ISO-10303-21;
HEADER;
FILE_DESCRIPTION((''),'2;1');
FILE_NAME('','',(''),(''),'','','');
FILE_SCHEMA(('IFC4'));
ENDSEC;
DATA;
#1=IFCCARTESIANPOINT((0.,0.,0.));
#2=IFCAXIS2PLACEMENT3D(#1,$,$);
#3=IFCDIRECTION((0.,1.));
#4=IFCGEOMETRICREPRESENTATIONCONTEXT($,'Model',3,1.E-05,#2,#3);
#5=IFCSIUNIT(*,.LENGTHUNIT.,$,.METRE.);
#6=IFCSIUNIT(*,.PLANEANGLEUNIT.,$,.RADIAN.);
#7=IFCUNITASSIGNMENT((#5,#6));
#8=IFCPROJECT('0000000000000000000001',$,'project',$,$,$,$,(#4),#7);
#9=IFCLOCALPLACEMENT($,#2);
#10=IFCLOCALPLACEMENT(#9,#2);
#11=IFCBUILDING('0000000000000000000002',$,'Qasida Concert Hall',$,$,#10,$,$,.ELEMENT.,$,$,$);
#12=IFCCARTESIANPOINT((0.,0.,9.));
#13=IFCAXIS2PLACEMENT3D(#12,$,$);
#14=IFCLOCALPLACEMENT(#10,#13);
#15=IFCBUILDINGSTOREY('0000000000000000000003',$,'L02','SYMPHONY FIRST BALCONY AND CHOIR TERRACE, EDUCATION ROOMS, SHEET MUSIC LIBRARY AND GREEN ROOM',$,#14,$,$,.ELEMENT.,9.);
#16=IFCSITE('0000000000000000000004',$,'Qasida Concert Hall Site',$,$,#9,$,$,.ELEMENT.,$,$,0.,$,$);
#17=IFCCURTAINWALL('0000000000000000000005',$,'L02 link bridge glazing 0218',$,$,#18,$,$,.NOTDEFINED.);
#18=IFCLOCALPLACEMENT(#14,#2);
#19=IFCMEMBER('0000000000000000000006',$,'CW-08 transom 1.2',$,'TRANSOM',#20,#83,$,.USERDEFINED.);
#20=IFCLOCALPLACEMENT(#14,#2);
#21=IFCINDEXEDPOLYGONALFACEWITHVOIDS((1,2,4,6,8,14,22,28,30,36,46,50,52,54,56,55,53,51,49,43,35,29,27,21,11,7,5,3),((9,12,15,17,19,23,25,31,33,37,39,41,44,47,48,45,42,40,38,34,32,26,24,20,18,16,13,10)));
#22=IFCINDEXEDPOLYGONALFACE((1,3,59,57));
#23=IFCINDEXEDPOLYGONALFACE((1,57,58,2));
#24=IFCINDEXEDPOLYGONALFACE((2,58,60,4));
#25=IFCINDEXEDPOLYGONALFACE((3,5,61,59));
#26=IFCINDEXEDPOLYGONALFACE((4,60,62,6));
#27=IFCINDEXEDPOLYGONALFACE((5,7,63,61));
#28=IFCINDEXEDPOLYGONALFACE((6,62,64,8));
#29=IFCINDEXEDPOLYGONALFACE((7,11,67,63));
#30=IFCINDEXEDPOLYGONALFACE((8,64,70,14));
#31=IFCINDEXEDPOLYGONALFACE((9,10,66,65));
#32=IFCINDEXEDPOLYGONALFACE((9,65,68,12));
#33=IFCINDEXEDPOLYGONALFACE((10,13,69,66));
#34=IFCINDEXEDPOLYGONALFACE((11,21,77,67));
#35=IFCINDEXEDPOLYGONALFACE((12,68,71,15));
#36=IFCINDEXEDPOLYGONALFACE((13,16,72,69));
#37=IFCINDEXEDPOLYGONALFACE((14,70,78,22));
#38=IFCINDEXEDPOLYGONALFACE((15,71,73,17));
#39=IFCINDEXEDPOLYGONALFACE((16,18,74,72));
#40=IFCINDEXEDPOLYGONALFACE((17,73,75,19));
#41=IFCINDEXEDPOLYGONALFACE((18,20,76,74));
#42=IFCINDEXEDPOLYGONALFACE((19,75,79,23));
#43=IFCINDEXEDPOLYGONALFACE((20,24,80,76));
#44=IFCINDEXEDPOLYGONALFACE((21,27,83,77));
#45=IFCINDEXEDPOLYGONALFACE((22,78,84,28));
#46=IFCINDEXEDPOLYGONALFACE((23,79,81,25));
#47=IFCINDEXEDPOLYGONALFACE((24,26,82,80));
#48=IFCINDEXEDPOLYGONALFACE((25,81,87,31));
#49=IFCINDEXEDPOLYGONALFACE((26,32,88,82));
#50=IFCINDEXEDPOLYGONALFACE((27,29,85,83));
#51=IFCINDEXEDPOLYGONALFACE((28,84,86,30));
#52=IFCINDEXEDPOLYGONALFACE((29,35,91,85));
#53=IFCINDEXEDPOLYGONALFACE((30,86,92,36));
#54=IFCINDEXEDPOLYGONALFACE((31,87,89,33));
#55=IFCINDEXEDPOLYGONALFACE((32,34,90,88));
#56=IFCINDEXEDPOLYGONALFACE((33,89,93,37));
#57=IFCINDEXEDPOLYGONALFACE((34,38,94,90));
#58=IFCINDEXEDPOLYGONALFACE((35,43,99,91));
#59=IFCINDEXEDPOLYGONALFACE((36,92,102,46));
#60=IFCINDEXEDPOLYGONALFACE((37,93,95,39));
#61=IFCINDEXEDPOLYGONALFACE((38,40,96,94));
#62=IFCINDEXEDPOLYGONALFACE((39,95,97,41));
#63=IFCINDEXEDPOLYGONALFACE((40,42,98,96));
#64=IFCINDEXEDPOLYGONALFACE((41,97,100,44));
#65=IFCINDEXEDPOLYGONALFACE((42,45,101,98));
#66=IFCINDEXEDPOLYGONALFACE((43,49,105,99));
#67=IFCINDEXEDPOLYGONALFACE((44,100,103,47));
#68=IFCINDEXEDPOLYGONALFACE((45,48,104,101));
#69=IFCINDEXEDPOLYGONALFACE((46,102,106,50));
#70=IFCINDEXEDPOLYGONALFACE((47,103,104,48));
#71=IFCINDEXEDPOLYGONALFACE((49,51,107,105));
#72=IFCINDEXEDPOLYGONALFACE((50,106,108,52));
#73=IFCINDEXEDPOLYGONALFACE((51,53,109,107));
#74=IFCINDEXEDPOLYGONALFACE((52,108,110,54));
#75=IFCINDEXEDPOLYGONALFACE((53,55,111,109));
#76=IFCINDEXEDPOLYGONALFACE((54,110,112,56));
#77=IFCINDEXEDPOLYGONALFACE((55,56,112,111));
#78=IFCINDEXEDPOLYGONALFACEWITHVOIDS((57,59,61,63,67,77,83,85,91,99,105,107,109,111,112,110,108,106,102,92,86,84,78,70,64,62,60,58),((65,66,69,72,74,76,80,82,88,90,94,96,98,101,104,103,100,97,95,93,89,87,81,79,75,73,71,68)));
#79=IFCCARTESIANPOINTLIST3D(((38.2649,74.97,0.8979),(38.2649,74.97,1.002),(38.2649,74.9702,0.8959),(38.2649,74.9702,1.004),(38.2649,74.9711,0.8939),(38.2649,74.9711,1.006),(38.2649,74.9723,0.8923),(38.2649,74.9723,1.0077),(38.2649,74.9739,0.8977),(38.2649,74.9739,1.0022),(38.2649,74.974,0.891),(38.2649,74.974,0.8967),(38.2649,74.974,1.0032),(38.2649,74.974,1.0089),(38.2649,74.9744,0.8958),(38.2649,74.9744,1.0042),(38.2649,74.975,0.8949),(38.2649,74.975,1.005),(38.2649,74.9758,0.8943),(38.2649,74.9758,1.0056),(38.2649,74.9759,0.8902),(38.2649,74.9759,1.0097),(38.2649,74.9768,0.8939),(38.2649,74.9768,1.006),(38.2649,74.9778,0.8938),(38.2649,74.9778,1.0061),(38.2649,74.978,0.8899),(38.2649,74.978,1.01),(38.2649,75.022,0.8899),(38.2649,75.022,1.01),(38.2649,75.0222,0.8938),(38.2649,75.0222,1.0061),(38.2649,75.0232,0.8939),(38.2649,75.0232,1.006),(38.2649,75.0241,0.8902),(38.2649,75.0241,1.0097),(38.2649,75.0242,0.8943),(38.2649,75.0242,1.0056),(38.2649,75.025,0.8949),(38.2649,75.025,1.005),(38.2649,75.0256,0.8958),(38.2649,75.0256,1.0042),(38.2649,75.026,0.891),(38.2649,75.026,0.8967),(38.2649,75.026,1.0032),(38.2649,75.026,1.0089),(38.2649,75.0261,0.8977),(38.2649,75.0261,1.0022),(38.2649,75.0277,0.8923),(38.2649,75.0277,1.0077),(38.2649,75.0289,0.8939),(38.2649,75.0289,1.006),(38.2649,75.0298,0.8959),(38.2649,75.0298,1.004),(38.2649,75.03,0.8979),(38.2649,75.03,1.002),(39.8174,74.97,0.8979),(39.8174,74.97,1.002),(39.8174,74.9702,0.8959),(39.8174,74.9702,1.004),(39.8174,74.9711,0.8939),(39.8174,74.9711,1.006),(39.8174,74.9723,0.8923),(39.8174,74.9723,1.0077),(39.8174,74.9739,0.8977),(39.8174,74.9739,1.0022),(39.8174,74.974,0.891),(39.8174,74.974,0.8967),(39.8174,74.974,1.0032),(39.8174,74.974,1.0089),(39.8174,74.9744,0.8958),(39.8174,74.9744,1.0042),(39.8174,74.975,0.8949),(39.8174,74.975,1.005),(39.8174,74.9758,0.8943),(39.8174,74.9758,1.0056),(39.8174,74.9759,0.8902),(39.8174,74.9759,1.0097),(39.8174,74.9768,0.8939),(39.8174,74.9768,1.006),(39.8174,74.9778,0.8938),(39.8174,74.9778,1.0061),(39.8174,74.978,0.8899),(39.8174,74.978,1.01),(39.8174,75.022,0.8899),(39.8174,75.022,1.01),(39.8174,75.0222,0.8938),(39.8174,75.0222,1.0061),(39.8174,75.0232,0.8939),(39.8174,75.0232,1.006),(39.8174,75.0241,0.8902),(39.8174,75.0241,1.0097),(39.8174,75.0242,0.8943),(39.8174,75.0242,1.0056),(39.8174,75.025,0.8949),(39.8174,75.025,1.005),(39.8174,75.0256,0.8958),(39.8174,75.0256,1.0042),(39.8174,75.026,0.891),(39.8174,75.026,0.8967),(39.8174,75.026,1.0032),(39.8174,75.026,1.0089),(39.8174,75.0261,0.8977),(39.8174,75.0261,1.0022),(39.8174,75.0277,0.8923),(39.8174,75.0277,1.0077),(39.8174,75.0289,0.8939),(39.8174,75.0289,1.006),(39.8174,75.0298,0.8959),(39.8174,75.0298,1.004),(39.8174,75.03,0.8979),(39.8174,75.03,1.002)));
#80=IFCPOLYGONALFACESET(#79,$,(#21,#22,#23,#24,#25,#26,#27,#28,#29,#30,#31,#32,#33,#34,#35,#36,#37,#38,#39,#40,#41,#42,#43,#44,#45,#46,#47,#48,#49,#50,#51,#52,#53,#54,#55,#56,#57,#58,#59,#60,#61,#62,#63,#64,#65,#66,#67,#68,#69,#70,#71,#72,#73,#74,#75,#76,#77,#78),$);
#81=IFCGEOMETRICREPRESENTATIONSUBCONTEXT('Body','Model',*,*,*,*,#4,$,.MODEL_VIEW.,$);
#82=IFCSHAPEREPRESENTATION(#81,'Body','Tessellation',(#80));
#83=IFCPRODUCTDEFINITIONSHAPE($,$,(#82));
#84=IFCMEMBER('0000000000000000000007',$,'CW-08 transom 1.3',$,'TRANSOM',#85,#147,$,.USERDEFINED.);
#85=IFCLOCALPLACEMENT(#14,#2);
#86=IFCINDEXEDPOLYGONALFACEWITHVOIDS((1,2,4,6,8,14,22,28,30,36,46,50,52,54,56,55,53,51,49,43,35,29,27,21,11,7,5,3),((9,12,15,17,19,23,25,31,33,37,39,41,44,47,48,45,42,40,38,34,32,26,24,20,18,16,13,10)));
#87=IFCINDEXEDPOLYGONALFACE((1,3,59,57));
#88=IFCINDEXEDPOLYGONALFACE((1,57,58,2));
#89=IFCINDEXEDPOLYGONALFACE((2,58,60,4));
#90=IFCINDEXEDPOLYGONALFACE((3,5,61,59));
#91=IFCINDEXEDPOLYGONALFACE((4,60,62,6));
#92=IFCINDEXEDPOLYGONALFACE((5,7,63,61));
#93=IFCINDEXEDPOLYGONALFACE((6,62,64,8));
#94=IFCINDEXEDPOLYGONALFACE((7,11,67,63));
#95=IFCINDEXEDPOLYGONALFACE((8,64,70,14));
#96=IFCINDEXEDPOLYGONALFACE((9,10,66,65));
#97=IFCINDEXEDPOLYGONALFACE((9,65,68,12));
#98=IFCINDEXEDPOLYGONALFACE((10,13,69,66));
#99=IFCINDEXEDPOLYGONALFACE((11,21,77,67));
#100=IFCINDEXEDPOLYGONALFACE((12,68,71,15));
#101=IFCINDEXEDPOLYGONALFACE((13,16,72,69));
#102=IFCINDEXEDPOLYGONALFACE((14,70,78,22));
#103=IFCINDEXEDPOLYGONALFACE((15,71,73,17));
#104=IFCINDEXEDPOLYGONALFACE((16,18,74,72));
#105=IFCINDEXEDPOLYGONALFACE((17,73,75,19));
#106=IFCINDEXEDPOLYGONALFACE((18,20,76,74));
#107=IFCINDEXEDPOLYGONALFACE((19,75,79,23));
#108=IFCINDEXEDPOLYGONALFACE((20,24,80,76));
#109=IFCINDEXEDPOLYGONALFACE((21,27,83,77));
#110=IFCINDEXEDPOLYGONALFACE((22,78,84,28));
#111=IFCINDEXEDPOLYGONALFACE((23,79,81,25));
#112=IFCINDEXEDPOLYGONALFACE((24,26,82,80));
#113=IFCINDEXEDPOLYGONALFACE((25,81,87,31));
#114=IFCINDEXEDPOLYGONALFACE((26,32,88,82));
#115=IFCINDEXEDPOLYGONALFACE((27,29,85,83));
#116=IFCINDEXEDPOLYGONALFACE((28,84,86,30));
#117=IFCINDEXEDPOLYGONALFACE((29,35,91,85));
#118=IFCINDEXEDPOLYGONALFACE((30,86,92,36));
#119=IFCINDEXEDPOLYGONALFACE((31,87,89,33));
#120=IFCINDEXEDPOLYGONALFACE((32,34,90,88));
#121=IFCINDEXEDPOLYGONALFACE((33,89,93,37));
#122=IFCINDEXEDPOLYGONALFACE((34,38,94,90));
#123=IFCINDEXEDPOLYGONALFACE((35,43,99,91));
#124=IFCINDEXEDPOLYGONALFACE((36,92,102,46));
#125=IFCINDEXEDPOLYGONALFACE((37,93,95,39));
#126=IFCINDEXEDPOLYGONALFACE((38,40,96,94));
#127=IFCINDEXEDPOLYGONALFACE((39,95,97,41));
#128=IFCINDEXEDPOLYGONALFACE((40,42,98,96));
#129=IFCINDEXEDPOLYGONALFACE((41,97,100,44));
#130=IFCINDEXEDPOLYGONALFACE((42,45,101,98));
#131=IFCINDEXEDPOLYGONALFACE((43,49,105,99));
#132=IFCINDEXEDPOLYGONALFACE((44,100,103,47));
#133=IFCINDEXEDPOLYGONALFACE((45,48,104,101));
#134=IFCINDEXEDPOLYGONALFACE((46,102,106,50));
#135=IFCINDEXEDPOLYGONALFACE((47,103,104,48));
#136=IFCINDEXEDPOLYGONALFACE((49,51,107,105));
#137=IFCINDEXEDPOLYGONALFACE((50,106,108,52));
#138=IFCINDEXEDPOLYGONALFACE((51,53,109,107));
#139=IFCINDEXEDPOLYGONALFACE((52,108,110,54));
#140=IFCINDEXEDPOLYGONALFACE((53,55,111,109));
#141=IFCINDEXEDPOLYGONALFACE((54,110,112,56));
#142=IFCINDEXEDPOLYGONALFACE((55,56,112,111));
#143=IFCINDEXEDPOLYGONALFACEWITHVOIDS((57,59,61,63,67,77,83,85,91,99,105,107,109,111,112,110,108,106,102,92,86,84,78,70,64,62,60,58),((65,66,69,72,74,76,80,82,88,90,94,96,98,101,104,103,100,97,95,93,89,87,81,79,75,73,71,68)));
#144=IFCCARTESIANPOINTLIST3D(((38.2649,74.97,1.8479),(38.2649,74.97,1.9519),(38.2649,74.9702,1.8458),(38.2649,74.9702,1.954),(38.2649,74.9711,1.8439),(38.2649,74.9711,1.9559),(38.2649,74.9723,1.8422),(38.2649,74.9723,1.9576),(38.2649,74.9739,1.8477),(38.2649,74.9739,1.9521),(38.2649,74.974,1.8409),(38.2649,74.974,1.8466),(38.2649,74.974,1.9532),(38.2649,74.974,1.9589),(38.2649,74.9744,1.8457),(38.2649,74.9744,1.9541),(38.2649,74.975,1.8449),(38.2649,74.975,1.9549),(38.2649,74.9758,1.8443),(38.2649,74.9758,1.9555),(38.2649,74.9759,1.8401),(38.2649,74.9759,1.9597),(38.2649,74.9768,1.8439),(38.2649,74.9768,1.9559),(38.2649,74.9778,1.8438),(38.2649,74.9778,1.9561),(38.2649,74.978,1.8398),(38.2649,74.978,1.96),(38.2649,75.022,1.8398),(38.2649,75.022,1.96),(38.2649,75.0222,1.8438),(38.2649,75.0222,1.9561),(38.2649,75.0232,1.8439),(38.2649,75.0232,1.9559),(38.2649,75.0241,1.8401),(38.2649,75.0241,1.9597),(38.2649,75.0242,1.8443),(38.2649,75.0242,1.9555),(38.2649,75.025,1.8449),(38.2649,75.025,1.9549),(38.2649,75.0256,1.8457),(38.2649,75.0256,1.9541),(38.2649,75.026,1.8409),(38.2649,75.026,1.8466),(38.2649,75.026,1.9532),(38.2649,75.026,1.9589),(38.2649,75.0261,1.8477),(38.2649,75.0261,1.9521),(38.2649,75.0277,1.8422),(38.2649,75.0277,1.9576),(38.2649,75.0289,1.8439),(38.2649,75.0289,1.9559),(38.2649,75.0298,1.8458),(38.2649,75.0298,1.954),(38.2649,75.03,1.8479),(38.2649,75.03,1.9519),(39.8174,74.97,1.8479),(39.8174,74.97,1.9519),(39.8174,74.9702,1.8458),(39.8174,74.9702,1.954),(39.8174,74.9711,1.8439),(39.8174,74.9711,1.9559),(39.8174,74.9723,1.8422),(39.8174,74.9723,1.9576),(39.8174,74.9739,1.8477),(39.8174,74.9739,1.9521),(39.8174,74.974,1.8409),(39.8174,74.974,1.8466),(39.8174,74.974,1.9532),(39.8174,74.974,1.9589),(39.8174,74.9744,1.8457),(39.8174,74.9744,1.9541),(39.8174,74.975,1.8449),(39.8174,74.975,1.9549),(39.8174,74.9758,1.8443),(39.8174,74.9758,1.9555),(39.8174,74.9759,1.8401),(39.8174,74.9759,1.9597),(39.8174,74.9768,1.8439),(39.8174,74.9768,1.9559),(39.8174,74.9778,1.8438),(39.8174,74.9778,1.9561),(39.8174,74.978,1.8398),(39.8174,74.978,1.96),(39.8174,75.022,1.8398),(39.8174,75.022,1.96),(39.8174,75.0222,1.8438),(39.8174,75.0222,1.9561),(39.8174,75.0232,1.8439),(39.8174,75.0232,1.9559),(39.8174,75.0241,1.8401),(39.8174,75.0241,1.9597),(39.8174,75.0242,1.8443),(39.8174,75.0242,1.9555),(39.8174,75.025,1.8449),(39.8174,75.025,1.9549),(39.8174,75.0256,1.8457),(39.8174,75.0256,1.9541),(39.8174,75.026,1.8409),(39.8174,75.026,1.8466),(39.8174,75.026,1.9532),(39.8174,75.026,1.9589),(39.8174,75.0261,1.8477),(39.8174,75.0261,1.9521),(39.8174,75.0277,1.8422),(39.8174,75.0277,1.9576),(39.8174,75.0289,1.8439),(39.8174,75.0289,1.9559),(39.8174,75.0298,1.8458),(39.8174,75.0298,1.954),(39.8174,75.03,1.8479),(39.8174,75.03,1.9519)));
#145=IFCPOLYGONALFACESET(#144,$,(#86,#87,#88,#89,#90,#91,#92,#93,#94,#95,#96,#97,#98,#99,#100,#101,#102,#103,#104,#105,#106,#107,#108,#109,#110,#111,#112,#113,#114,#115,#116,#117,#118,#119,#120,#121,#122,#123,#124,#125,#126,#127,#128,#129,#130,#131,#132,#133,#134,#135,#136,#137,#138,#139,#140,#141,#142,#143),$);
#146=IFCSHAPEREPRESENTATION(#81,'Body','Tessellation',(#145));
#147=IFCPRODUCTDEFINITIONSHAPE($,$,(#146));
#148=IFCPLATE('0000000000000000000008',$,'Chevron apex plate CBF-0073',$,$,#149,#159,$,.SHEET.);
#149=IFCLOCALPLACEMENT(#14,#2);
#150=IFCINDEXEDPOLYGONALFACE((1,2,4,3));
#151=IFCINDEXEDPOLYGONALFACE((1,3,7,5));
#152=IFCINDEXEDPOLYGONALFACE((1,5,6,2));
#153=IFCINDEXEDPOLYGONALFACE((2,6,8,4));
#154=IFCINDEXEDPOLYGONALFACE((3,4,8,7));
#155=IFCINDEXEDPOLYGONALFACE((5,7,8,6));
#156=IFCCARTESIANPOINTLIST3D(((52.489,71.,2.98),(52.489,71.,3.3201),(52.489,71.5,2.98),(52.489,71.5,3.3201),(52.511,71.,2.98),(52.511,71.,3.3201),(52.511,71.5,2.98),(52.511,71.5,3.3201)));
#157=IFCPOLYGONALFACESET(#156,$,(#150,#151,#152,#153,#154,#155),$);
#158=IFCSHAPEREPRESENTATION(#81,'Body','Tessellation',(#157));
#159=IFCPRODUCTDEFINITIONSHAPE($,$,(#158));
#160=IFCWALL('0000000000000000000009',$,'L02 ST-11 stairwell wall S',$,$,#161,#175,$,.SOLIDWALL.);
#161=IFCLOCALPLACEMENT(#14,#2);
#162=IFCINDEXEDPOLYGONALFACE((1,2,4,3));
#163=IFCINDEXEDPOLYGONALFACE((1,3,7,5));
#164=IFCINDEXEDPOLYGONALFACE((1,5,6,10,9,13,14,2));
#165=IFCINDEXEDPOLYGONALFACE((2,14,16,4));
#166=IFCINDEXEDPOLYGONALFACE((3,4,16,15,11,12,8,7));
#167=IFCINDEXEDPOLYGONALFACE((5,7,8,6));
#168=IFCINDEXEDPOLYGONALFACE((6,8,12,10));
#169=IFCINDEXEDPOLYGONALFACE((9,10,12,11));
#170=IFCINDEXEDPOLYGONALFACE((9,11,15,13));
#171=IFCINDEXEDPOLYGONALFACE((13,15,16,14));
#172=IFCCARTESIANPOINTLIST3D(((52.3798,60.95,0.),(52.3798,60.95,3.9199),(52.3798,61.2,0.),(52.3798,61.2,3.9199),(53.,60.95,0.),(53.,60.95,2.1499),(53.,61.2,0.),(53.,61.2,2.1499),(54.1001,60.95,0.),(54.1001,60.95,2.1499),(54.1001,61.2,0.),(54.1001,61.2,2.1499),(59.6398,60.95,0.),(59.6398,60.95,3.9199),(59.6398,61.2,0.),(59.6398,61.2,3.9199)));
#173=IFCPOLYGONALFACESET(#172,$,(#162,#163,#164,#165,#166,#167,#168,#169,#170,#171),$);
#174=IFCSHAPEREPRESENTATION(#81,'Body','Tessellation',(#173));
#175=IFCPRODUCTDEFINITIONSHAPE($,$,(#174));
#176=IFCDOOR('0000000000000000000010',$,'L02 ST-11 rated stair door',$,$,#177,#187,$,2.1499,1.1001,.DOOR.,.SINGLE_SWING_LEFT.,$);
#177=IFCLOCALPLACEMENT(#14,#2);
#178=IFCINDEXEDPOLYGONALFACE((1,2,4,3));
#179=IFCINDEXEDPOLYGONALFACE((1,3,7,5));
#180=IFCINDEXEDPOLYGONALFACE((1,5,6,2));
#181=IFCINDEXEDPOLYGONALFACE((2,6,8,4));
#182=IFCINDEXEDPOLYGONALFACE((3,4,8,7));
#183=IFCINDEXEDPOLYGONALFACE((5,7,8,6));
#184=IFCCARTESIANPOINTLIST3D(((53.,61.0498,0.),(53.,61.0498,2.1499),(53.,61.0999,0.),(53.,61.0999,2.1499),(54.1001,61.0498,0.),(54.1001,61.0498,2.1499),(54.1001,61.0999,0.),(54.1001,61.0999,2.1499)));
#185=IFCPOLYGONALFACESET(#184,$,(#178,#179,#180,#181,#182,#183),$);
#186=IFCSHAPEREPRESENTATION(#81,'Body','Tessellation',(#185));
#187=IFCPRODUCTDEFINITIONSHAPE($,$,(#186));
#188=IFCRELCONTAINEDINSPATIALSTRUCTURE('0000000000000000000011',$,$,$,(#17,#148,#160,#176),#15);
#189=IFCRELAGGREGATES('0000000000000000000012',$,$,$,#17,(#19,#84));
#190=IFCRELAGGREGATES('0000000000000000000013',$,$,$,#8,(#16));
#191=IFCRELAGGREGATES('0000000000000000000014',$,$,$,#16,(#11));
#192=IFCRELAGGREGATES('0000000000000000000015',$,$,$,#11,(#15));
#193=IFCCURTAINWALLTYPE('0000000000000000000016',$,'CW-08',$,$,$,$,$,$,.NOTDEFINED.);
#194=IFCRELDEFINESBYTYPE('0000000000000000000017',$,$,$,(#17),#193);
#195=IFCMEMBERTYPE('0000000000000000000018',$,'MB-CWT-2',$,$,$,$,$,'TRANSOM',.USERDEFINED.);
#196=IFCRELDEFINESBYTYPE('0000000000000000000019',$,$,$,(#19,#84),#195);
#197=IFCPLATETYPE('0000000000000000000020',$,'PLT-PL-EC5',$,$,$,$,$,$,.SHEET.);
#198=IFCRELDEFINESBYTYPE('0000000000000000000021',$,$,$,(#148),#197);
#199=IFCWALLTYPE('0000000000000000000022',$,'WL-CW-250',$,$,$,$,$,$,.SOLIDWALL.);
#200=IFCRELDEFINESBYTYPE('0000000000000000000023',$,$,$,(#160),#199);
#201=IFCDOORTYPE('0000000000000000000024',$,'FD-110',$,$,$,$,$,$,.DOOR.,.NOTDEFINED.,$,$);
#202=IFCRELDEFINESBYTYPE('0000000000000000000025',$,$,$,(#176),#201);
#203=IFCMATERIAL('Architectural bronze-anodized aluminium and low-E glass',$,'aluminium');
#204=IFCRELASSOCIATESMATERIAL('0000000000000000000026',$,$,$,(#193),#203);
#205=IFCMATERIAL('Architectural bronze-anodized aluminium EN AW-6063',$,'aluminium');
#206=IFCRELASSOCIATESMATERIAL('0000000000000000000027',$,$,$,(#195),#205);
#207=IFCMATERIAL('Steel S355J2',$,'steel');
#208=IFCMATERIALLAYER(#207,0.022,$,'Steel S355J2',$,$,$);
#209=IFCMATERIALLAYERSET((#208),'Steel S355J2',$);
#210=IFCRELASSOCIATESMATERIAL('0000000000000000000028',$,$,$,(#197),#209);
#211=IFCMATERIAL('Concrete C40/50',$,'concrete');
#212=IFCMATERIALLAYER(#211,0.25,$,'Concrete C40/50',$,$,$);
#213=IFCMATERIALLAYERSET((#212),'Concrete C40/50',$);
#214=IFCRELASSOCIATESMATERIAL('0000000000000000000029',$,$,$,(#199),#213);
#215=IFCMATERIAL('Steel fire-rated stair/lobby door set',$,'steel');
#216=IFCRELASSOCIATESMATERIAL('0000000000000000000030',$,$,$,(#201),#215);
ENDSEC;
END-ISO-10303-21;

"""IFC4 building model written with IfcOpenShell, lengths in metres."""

from ifc_helpers import new_model, si_unit, direction, frame, frame_2d, origin, origin_2d, place, context, subcontext, project, spatial, rectangle, hollow_rectangle, extrude, material, layer, layer_set, material_profile, profile_set, type_object, element, fill, aggregate, save


model = new_model("IFC4")

# Units and contexts
model_context = context("Model", 3, precision=1e-05, world=origin(), true_north=direction((0.0, 1.0)))
body_context = subcontext(model_context, "Body", "Model", "MODEL_VIEW")
ifc_project = project(units=[si_unit("LENGTHUNIT", "METRE"), si_unit("PLANEANGLEUNIT", "RADIAN")], contexts=[model_context])

# Site, building, storey
site_placement = place(None, origin())
site = spatial("IfcSite", under=ifc_project, at=site_placement, Name="Qasida Concert Hall Site", CompositionType="ELEMENT", RefElevation=0.0)
building_placement = place(site_placement, origin())
building = spatial("IfcBuilding", under=site, at=building_placement, Name="Qasida Concert Hall", CompositionType="ELEMENT")
storey_placement = place(building_placement, frame((0.0, 0.0, 9.0)))
storey = spatial("IfcBuildingStorey", under=building, at=storey_placement, Name="L02", Description="SYMPHONY FIRST BALCONY AND CHOIR TERRACE, EDUCATION ROOMS, SHEET MUSIC LIBRARY AND GREEN ROOM", CompositionType="ELEMENT", Elevation=9.0)

# Shared definitions
ifc_material_1 = material(Name="Steel S355J2", Category="steel")
ifc_material_2 = material(Name="Concrete C40/50", Category="concrete")

# Shared definitions
ifc_material_3 = material(Name="Architectural bronze-anodized aluminium and low-E glass", Category="aluminium")
ifc_material_4 = material(Name="Architectural bronze-anodized aluminium EN AW-6063", Category="aluminium")

# Curtain wall
curtain_wall_type_1 = type_object("IfcCurtainWallType", Name="CW-08", PredefinedType="NOTDEFINED", material=ifc_material_3)
curtain_wall_1_placement = place(storey_placement, origin())
curtain_wall_1 = element("IfcCurtainWall", 1, at=curtain_wall_1_placement, inside=storey, type_object=curtain_wall_type_1, Name="L02 link bridge glazing 0218", PredefinedType="NOTDEFINED")

# Members
ifc_material_profile_1 = material_profile(ifc_material_4, hollow_rectangle(XDim=0.0601, YDim=0.1201, WallThickness=0.0039, InnerFilletRadius=0.0039, OuterFilletRadius=0.0081, at=origin_2d()), Name="CWT 120x60x4")
ifc_profile_set_1 = profile_set([ifc_material_profile_1], Name="Architectural bronze-anodized aluminium EN AW-6063")
member_type_1 = type_object("IfcMemberType", Name="MB-CWT-2", ElementType="TRANSOM", PredefinedType="USERDEFINED", material=ifc_profile_set_1)
member_1_placement = place(storey_placement, frame((38.2649, 75.0, 0.95), z_axis=(1.0, 0.0, 0.0), x_axis=(0.0, 1.0, 0.0)))
member_1 = element("IfcMember", 2, at=member_1_placement, type_object=member_type_1, Name="CW-08 transom 1.2", ObjectType="TRANSOM", PredefinedType="USERDEFINED", context=body_context, shape_type="SweptSolid", body=[
    extrude(hollow_rectangle(XDim=0.0601, YDim=0.1201, WallThickness=0.0039, InnerFilletRadius=0.0039, OuterFilletRadius=0.0081, at=origin_2d()), origin(), (0.0, 0.0, 1.0), 1.5525),
])
member_2_placement = place(storey_placement, frame((38.2649, 75.0, 1.8999), z_axis=(1.0, 0.0, 0.0), x_axis=(0.0, 1.0, 0.0)))
member_2 = element("IfcMember", 3, at=member_2_placement, type_object=member_type_1, Name="CW-08 transom 1.3", ObjectType="TRANSOM", PredefinedType="USERDEFINED", context=body_context, shape_type="SweptSolid", body=[
    extrude(hollow_rectangle(XDim=0.0601, YDim=0.1201, WallThickness=0.0039, InnerFilletRadius=0.0039, OuterFilletRadius=0.0081, at=origin_2d()), origin(), (0.0, 0.0, 1.0), 1.5525),
])
aggregate(curtain_wall_1, [member_1, member_2])

# Plate
ifc_layer_1 = layer(ifc_material_1, 0.022, Name="Steel S355J2")
ifc_layer_set_1 = layer_set([ifc_layer_1], Name="Steel S355J2")
plate_type = type_object("IfcPlateType", Name="PLT-PL-EC5", PredefinedType="SHEET", material=ifc_layer_set_1)
plate_placement = place(storey_placement, frame((52.5, 71.25, 2.98), z_axis=(0.0, 0.0, 1.0), x_axis=(0.0, 1.0, 0.0)))
element("IfcPlate", 4, at=plate_placement, inside=storey, type_object=plate_type, Name="Chevron apex plate CBF-0073", PredefinedType="SHEET", context=body_context, shape_type="SweptSolid", body=[
    extrude(rectangle(XDim=0.5, YDim=0.022, at=origin_2d()), origin(), (0.0, 0.0, 1.0), 0.3401),
])

# Wall, opening, door
ifc_layer_2 = layer(ifc_material_2, 0.25, Name="Concrete C40/50")
ifc_layer_set_2 = layer_set([ifc_layer_2], Name="Concrete C40/50")
wall_type = type_object("IfcWallType", Name="WL-CW-250", PredefinedType="SOLIDWALL", material=ifc_layer_set_2)
wall_1_placement = place(storey_placement, frame((52.3799, 61.075, 0.0), z_axis=(0.0, 0.0, 1.0), x_axis=(1.0, 0.0, 0.0)))
wall_1 = element("IfcWall", 5, at=wall_1_placement, inside=storey, type_object=wall_type, Name="L02 ST-11 stairwell wall S", PredefinedType="SOLIDWALL", context=body_context, shape_type="SweptSolid", body=[
    extrude(rectangle(XDim=7.26, YDim=0.25, at=frame_2d((3.6299, 0.0))), origin(), (0.0, 0.0, 1.0), 3.9199),
])
opening_1_placement = place(wall_1_placement, frame((0.6201, 0.0, 0.0)))
opening_1 = element("IfcOpeningElement", 6, at=opening_1_placement, cuts=wall_1, PredefinedType="OPENING", context=body_context, shape_type="SweptSolid", body=[
    extrude(rectangle(XDim=1.1001, YDim=2.1499, at=frame_2d((0.55, 1.075))), frame((0.0, 0.135, 0.0), z_axis=(0.0, -1.0, 0.0), x_axis=(1.0, 0.0, 0.0)), (0.0, 0.0, 1.0), 0.27),
])
ifc_material_5 = material(Name="Steel fire-rated stair/lobby door set", Category="steel")
door_type = type_object("IfcDoorType", Name="FD-110", OperationType="NOTDEFINED", PredefinedType="DOOR", material=ifc_material_5)
door_1_placement = place(opening_1_placement, origin())
door_1 = element("IfcDoor", 7, at=door_1_placement, inside=storey, type_object=door_type, Name="L02 ST-11 rated stair door", OperationType="SINGLE_SWING_LEFT", OverallHeight=2.1499, OverallWidth=1.1001, PredefinedType="DOOR", context=body_context, shape_type="SweptSolid", body=[
    extrude(rectangle(XDim=1.1001, YDim=2.1499, at=frame_2d((0.55, 1.075))), frame((0.0, 0.0249, 0.0), z_axis=(0.0, -1.0, 0.0), x_axis=(1.0, 0.0, 0.0)), (0.0, 0.0, 1.0), 0.05),
])
fill(opening_1, door_1)

save(model, "model.ifc")
